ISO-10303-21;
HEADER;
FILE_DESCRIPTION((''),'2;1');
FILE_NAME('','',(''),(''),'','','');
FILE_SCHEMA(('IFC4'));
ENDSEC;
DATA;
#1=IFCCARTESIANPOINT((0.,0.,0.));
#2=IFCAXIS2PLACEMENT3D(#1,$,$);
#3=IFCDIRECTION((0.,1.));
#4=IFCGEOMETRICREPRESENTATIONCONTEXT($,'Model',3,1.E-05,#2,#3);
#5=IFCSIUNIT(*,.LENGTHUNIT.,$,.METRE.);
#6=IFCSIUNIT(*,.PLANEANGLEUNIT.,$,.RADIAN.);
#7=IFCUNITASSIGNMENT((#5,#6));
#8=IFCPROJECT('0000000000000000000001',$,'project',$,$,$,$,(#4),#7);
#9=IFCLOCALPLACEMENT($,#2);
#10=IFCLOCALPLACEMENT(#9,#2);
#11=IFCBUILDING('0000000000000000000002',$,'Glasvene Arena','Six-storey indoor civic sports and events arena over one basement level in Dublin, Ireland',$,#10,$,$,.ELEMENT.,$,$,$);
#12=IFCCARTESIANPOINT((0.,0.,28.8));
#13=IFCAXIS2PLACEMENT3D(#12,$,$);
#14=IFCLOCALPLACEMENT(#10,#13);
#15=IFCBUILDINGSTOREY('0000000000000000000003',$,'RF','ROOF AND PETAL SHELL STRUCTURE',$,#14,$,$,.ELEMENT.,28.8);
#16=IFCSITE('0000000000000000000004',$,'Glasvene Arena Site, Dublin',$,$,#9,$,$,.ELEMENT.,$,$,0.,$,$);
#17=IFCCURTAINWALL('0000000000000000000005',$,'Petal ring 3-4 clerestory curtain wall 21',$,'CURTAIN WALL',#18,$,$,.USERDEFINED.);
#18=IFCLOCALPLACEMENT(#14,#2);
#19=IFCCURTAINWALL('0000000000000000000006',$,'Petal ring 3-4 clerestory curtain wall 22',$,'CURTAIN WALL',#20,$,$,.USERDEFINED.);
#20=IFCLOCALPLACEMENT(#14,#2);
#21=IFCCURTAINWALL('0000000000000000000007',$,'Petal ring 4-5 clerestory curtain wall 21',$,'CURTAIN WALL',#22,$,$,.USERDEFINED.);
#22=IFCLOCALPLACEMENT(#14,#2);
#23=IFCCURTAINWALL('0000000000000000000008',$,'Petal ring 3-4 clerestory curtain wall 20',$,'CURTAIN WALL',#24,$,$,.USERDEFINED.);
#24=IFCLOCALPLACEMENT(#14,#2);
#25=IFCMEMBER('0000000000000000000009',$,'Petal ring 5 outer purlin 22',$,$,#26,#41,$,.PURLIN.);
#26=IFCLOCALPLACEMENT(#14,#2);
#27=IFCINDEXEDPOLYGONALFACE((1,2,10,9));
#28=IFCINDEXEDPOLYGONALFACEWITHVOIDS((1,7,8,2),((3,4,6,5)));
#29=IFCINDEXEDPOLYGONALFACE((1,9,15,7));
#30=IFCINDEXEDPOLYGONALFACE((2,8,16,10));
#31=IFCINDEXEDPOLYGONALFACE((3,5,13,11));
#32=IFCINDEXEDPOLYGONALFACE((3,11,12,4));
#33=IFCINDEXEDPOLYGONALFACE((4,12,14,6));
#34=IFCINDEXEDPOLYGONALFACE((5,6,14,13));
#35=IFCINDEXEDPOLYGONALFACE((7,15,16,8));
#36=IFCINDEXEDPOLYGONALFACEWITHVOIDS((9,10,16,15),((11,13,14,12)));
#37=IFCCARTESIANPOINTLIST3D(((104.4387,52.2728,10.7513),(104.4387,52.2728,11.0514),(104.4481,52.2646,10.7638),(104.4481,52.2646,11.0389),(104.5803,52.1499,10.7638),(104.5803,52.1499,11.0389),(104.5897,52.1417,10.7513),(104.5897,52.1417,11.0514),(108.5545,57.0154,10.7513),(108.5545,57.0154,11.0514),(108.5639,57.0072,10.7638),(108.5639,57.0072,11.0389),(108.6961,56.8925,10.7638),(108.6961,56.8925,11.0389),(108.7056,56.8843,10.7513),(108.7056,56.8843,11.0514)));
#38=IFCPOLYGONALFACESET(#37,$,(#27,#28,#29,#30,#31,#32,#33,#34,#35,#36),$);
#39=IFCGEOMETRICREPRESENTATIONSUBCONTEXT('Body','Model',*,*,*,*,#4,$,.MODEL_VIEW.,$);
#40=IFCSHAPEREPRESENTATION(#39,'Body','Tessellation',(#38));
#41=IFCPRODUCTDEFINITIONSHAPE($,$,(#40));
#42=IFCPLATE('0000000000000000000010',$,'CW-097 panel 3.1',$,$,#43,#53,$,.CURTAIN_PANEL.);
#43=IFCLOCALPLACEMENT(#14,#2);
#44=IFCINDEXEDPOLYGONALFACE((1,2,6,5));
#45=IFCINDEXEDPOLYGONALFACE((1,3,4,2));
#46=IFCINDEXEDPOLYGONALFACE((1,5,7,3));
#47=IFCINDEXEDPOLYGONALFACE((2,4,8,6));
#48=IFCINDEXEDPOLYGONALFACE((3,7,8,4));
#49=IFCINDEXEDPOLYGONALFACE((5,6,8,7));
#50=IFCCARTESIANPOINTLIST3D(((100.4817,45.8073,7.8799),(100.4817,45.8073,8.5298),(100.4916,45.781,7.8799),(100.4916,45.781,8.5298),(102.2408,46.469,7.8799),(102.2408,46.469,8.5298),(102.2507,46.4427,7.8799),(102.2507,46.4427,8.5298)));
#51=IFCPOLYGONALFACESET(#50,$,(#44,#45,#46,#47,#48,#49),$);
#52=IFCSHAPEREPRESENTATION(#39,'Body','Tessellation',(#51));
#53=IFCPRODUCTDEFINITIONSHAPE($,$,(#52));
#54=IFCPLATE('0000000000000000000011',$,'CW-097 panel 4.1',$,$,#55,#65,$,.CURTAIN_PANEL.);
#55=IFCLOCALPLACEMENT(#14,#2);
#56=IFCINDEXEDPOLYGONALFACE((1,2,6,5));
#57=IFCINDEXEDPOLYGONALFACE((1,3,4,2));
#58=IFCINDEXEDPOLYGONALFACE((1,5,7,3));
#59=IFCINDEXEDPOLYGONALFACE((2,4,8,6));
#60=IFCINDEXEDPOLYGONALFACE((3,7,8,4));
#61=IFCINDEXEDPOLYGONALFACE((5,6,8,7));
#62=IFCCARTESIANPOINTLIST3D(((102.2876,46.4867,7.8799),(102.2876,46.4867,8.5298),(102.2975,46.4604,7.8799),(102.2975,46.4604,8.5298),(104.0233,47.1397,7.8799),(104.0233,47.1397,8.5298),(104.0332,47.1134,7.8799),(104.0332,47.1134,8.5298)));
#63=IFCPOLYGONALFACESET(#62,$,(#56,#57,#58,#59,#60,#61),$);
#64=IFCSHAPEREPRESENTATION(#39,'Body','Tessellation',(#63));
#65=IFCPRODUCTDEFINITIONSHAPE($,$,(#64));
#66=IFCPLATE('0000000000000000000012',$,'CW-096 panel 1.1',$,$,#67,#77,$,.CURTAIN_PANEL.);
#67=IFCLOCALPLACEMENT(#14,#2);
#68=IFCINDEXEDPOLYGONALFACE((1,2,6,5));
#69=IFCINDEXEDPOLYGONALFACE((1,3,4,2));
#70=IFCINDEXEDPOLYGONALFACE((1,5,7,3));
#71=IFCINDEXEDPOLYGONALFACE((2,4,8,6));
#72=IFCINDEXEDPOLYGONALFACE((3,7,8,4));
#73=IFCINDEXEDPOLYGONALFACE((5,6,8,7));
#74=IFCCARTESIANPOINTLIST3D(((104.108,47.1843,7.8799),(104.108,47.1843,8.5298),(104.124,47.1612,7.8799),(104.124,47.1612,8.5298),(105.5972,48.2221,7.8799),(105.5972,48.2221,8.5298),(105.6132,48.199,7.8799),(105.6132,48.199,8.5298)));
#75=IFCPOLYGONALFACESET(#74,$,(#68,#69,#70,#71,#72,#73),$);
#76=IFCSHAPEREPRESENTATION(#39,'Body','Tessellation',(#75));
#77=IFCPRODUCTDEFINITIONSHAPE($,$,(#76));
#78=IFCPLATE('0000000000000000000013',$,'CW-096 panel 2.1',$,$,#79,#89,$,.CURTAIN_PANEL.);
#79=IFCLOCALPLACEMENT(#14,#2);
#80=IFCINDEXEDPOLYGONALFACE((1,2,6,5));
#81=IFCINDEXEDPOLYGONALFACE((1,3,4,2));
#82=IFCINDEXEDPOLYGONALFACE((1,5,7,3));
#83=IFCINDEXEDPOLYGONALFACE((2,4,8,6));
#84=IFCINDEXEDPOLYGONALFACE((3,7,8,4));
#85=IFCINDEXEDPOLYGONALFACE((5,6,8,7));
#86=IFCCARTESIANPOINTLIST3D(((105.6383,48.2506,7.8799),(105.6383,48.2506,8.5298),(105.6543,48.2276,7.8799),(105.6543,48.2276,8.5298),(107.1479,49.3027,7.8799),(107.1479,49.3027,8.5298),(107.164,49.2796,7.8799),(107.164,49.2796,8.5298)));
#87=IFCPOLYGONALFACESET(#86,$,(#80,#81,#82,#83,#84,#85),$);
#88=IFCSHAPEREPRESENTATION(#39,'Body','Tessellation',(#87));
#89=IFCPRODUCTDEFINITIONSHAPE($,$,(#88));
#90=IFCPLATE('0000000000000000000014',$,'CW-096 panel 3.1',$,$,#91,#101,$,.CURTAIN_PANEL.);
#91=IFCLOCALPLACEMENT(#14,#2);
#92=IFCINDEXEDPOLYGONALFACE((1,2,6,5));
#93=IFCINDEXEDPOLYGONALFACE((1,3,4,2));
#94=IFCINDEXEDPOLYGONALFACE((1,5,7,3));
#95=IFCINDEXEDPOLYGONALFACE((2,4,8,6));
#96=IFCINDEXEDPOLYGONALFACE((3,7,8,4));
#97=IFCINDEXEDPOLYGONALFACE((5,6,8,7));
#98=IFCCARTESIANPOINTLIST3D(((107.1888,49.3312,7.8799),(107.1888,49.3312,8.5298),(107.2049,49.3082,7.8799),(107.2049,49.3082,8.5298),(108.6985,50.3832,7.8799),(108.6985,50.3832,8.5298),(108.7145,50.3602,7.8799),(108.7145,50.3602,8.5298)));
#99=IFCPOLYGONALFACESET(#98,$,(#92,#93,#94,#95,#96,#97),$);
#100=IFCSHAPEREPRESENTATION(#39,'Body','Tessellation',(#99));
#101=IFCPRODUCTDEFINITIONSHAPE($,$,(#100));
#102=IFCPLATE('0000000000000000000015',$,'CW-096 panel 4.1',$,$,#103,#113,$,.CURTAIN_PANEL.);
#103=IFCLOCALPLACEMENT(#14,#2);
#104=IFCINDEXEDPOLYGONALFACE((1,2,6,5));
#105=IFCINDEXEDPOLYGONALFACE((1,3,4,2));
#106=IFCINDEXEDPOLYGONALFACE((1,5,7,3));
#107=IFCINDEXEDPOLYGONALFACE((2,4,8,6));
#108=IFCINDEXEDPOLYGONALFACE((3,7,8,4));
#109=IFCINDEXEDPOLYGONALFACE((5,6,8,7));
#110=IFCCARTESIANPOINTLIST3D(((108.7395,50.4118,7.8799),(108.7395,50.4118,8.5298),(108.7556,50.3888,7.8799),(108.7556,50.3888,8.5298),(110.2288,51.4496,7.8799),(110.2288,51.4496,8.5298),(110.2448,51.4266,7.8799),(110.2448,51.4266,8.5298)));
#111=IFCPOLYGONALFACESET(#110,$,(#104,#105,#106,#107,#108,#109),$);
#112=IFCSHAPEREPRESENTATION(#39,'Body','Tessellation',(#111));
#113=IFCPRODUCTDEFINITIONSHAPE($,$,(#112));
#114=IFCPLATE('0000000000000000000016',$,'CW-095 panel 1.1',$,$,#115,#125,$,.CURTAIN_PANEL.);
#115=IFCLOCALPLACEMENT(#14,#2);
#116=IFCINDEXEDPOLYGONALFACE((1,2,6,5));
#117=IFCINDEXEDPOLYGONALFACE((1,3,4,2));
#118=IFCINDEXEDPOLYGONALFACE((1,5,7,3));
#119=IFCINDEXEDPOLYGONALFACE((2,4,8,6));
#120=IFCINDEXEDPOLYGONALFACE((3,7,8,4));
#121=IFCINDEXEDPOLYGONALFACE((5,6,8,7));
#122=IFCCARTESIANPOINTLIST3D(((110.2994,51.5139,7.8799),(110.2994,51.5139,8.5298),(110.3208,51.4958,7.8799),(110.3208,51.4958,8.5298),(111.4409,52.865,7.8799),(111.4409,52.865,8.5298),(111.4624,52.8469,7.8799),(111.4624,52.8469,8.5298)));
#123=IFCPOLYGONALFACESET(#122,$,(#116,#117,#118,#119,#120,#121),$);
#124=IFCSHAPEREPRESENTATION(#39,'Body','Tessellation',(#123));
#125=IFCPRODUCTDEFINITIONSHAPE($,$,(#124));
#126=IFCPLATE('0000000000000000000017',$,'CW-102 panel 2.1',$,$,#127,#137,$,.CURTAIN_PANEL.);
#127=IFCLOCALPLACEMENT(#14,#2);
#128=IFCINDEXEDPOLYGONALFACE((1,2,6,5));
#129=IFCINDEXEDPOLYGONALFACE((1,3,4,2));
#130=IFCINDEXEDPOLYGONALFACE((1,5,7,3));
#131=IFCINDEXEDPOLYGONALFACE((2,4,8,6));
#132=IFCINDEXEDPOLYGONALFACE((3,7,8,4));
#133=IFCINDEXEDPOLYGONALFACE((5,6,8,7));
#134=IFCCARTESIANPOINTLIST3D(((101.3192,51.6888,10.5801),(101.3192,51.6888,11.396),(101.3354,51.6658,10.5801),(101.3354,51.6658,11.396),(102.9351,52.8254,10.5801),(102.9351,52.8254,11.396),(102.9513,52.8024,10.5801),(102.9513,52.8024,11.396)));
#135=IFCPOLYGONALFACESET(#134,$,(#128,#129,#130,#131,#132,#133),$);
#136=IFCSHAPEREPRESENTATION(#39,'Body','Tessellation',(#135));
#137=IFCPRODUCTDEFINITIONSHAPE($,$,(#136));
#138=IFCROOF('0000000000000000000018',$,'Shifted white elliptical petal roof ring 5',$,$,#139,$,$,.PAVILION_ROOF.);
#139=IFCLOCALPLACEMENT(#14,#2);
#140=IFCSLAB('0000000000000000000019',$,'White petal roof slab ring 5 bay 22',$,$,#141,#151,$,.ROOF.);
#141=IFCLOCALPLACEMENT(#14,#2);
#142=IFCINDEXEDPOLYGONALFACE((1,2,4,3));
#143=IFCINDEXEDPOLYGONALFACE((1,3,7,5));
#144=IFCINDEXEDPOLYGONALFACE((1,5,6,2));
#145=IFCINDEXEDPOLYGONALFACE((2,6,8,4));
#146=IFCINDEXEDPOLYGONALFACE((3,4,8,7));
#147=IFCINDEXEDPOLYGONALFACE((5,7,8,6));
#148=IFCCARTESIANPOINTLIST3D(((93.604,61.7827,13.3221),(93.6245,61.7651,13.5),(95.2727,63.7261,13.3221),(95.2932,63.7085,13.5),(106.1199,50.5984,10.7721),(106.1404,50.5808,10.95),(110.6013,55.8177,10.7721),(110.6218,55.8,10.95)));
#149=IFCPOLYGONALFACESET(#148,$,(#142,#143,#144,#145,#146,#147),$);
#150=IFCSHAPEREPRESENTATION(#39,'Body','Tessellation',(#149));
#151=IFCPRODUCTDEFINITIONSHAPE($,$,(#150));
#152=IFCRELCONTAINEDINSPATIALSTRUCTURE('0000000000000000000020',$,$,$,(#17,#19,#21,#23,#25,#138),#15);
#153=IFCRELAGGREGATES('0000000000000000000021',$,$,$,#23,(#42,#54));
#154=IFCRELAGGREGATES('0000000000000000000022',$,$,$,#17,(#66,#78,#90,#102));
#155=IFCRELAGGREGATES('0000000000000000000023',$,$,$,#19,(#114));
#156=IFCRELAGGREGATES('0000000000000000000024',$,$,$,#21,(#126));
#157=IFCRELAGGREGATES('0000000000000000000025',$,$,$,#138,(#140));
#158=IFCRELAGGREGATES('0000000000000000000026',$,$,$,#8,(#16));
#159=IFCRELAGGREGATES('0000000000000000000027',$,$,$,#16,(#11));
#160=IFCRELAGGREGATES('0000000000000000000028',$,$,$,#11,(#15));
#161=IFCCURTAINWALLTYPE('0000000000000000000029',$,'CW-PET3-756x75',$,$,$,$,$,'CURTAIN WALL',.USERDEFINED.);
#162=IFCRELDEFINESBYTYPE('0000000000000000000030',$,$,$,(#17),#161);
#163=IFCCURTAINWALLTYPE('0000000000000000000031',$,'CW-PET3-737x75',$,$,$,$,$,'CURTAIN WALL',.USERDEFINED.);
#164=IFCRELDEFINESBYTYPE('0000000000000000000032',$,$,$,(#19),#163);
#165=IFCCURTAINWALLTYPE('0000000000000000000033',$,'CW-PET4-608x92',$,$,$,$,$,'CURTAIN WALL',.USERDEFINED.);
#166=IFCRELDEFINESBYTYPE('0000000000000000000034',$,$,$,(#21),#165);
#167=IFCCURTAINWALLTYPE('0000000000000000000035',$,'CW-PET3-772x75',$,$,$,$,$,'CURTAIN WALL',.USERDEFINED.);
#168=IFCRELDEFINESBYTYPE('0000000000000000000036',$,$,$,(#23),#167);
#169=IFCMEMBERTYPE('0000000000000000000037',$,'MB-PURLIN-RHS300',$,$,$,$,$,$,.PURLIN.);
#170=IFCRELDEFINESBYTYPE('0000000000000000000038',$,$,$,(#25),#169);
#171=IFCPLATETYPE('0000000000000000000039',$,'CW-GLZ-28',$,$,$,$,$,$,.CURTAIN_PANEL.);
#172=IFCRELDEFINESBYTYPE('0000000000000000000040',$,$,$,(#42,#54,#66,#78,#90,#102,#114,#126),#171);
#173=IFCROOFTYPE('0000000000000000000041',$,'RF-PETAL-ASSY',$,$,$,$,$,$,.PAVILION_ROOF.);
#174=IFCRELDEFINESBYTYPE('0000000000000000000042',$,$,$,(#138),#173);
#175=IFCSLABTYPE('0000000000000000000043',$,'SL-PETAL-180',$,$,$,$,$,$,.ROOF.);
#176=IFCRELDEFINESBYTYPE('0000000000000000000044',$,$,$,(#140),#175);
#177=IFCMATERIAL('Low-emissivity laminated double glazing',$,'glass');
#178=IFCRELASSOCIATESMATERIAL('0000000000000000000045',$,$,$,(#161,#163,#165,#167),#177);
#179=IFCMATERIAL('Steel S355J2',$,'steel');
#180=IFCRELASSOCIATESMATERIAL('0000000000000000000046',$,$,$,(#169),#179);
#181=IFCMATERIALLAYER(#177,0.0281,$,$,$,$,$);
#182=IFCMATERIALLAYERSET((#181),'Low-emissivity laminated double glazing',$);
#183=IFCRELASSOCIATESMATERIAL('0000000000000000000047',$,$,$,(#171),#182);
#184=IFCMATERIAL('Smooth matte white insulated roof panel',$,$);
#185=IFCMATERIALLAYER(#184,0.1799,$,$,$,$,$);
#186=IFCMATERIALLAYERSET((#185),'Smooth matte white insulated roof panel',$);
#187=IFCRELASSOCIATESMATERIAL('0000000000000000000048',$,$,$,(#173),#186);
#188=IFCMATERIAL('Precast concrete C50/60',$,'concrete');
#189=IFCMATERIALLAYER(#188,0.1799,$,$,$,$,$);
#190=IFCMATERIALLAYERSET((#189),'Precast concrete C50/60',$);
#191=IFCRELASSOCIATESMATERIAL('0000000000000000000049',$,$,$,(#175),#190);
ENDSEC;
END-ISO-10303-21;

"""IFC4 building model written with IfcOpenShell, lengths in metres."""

from ifc_helpers import new_model, si_unit, direction, frame, origin, origin_2d, place, context, subcontext, project, spatial, polyline, rectangle, hollow_rectangle, outline, extrude, material, layer, layer_set, material_profile, profile_set, type_object, element, aggregate, save


model = new_model("IFC4")

# Units and contexts
model_context = context("Model", 3, precision=1e-05, world=origin(), true_north=direction((0.0, 1.0)))
body_context = subcontext(model_context, "Body", "Model", "MODEL_VIEW")
ifc_project = project(units=[si_unit("LENGTHUNIT", "METRE"), si_unit("PLANEANGLEUNIT", "RADIAN")], contexts=[model_context])

# Site, building, storey
site_placement = place(None, origin())
site = spatial("IfcSite", under=ifc_project, at=site_placement, Name="Glasvene Arena Site, Dublin", CompositionType="ELEMENT", RefElevation=0.0)
building_placement = place(site_placement, origin())
building = spatial("IfcBuilding", under=site, at=building_placement, Name="Glasvene Arena", Description="Six-storey indoor civic sports and events arena over one basement level in Dublin, Ireland", CompositionType="ELEMENT")
storey_placement = place(building_placement, frame((0.0, 0.0, 28.8)))
storey = spatial("IfcBuildingStorey", under=building, at=storey_placement, Name="RF", Description="ROOF AND PETAL SHELL STRUCTURE", CompositionType="ELEMENT", Elevation=28.8)

# Curtain wall
ifc_material_1 = material(Name="Low-emissivity laminated double glazing", Category="glass")
curtain_wall_type_1 = type_object("IfcCurtainWallType", Name="CW-PET3-756x75", ElementType="CURTAIN WALL", PredefinedType="USERDEFINED", material=ifc_material_1)
curtain_wall_1_placement = place(storey_placement, frame((104.075, 47.144, 0.0)))
curtain_wall_1 = element("IfcCurtainWall", 1, at=curtain_wall_1_placement, inside=storey, type_object=curtain_wall_type_1, Name="Petal ring 3-4 clerestory curtain wall 21", ObjectType="CURTAIN WALL", PredefinedType="USERDEFINED")

# Curtain walls
curtain_wall_type_2 = type_object("IfcCurtainWallType", Name="CW-PET3-737x75", ElementType="CURTAIN WALL", PredefinedType="USERDEFINED", material=ifc_material_1)
curtain_wall_2_placement = place(storey_placement, frame((110.2778, 51.4668, 0.0)))
curtain_wall_2 = element("IfcCurtainWall", 2, at=curtain_wall_2_placement, inside=storey, type_object=curtain_wall_type_2, Name="Petal ring 3-4 clerestory curtain wall 22", ObjectType="CURTAIN WALL", PredefinedType="USERDEFINED")
curtain_wall_type_3 = type_object("IfcCurtainWallType", Name="CW-PET4-608x92", ElementType="CURTAIN WALL", PredefinedType="USERDEFINED", material=ifc_material_1)
curtain_wall_3_placement = place(storey_placement, frame((99.6499, 50.4973, 0.0)))
curtain_wall_3 = element("IfcCurtainWall", 3, at=curtain_wall_3_placement, inside=storey, type_object=curtain_wall_type_3, Name="Petal ring 4-5 clerestory curtain wall 21", ObjectType="CURTAIN WALL", PredefinedType="USERDEFINED")

# Curtain wall
curtain_wall_type_4 = type_object("IfcCurtainWallType", Name="CW-PET3-772x75", ElementType="CURTAIN WALL", PredefinedType="USERDEFINED", material=ifc_material_1)
curtain_wall_4_placement = place(storey_placement, frame((96.8516, 44.4268, 0.0)))
curtain_wall_4 = element("IfcCurtainWall", 4, at=curtain_wall_4_placement, inside=storey, type_object=curtain_wall_type_4, Name="Petal ring 3-4 clerestory curtain wall 20", ObjectType="CURTAIN WALL", PredefinedType="USERDEFINED")

# Member
ifc_material_2 = material(Name="Steel S355J2", Category="steel")
ifc_material_profile_1 = material_profile(ifc_material_2, hollow_rectangle(XDim=0.2, YDim=0.3, WallThickness=0.0125, at=origin_2d()), Name="RHS 300x200x12.5")
ifc_profile_set_1 = profile_set([ifc_material_profile_1], Name="Steel S355J2")
member_type_1 = type_object("IfcMemberType", Name="MB-PURLIN-RHS300", PredefinedType="PURLIN", material=ifc_profile_set_1)
member_1_placement = place(storey_placement, frame((104.5142, 52.2073, 10.9014), z_axis=(0.655444, 0.755244, 0.0), x_axis=(-0.755244, 0.655444, 0.0)))
element("IfcMember", 5, at=member_1_placement, inside=storey, type_object=member_type_1, Name="Petal ring 5 outer purlin 22", PredefinedType="PURLIN", context=body_context, shape_type="SweptSolid", body=[
    extrude(hollow_rectangle(XDim=0.2, YDim=0.3, WallThickness=0.0125, at=origin_2d()), origin(), (0.0, 0.0, 1.0), 6.2795),
])

# Plates
ifc_layer_1 = layer(ifc_material_1, 0.0281)
ifc_layer_set_1 = layer_set([ifc_layer_1], Name="Low-emissivity laminated double glazing")
plate_type = type_object("IfcPlateType", Name="CW-GLZ-28", PredefinedType="CURTAIN_PANEL", material=ifc_layer_set_1)
plate_1_placement = place(storey_placement, frame((101.3662, 46.125, 7.8799), z_axis=(0.0, 0.0, 1.0), x_axis=(0.935966, 0.352092, 0.0)))
plate_1 = element("IfcPlate", 6, at=plate_1_placement, type_object=plate_type, Name="CW-097 panel 3.1", PredefinedType="CURTAIN_PANEL", context=body_context, shape_type="SweptSolid", body=[
    extrude(rectangle(XDim=1.8794, YDim=0.0281, at=origin_2d()), origin(), (0.0, 0.0, 1.0), 0.6499),
])
plate_2_placement = place(storey_placement, frame((103.1604, 46.8, 7.8799), z_axis=(0.0, 0.0, 1.0), x_axis=(0.935966, 0.352092, 0.0)))
plate_2 = element("IfcPlate", 7, at=plate_2_placement, type_object=plate_type, Name="CW-097 panel 4.1", PredefinedType="CURTAIN_PANEL", context=body_context, shape_type="SweptSolid", body=[
    extrude(rectangle(XDim=1.8545, YDim=0.0281, at=origin_2d()), origin(), (0.0, 0.0, 1.0), 0.6499),
])
aggregate(curtain_wall_4, [plate_1, plate_2])
plate_3_placement = place(storey_placement, frame((104.8606, 47.6917, 7.8799), z_axis=(0.0, 0.0, 1.0), x_axis=(0.820433, 0.571742, 0.0)))
plate_3 = element("IfcPlate", 8, at=plate_3_placement, type_object=plate_type, Name="CW-096 panel 1.1", PredefinedType="CURTAIN_PANEL", context=body_context, shape_type="SweptSolid", body=[
    extrude(rectangle(XDim=1.8152, YDim=0.0281, at=origin_2d()), origin(), (0.0, 0.0, 1.0), 0.6499),
])
plate_4_placement = place(storey_placement, frame((106.4011, 48.7651, 7.8799), z_axis=(0.0, 0.0, 1.0), x_axis=(0.820433, 0.571742, 0.0)))
plate_4 = element("IfcPlate", 9, at=plate_4_placement, type_object=plate_type, Name="CW-096 panel 2.1", PredefinedType="CURTAIN_PANEL", context=body_context, shape_type="SweptSolid", body=[
    extrude(rectangle(XDim=1.8401, YDim=0.0281, at=origin_2d()), origin(), (0.0, 0.0, 1.0), 0.6499),
])
plate_5_placement = place(storey_placement, frame((107.9517, 49.8457, 7.8799), z_axis=(0.0, 0.0, 1.0), x_axis=(0.820433, 0.571742, 0.0)))
plate_5 = element("IfcPlate", 10, at=plate_5_placement, type_object=plate_type, Name="CW-096 panel 3.1", PredefinedType="CURTAIN_PANEL", context=body_context, shape_type="SweptSolid", body=[
    extrude(rectangle(XDim=1.8401, YDim=0.0281, at=origin_2d()), origin(), (0.0, 0.0, 1.0), 0.6499),
])
plate_6_placement = place(storey_placement, frame((109.4922, 50.9192, 7.8799), z_axis=(0.0, 0.0, 1.0), x_axis=(0.820433, 0.571742, 0.0)))
plate_6 = element("IfcPlate", 11, at=plate_6_placement, type_object=plate_type, Name="CW-096 panel 4.1", PredefinedType="CURTAIN_PANEL", context=body_context, shape_type="SweptSolid", body=[
    extrude(rectangle(XDim=1.8152, YDim=0.0281, at=origin_2d()), origin(), (0.0, 0.0, 1.0), 0.6499),
])
aggregate(curtain_wall_1, [plate_3, plate_4, plate_5, plate_6])
plate_7_placement = place(storey_placement, frame((110.8809, 52.1804, 7.8799), z_axis=(0.0, 0.0, 1.0), x_axis=(0.645394, 0.76385, 0.0)))
plate_7 = element("IfcPlate", 12, at=plate_7_placement, type_object=plate_type, Name="CW-095 panel 1.1", PredefinedType="CURTAIN_PANEL", context=body_context, shape_type="SweptSolid", body=[
    extrude(rectangle(XDim=1.7688, YDim=0.0281, at=origin_2d()), origin(), (0.0, 0.0, 1.0), 0.6499),
])
aggregate(curtain_wall_2, [plate_7])
plate_8_placement = place(storey_placement, frame((102.1353, 52.2456, 10.5801), z_axis=(0.0, 0.0, 1.0), x_axis=(0.817925, 0.575325, 0.0)))
plate_8 = element("IfcPlate", 13, at=plate_8_placement, type_object=plate_type, Name="CW-102 panel 2.1", PredefinedType="CURTAIN_PANEL", context=body_context, shape_type="SweptSolid", body=[
    extrude(rectangle(XDim=1.9756, YDim=0.0281, at=origin_2d()), origin(), (0.0, 0.0, 1.0), 0.8159),
])
aggregate(curtain_wall_3, [plate_8])

# Roof, slab
ifc_material_3 = material(Name="Smooth matte white insulated roof panel")
ifc_layer_2 = layer(ifc_material_3, 0.1799)
ifc_layer_set_2 = layer_set([ifc_layer_2], Name="Smooth matte white insulated roof panel")
roof_type = type_object("IfcRoofType", Name="RF-PETAL-ASSY", PredefinedType="PAVILION_ROOF", material=ifc_layer_set_2)
roof_placement = place(storey_placement, frame((86.2, 68.3999, 10.95)))
roof = element("IfcRoof", 14, at=roof_placement, inside=storey, type_object=roof_type, Name="Shifted white elliptical petal roof ring 5", PredefinedType="PAVILION_ROOF")
ifc_material_4 = material(Name="Precast concrete C50/60", Category="concrete")
ifc_layer_3 = layer(ifc_material_4, 0.1799)
ifc_layer_set_3 = layer_set([ifc_layer_3], Name="Precast concrete C50/60")
slab_type = type_object("IfcSlabType", Name="SL-PETAL-180", PredefinedType="ROOF", material=ifc_layer_set_3)
slab_placement = place(storey_placement, frame((106.1404, 50.5808, 10.95), z_axis=(0.113978, -0.097867, 0.988651), x_axis=(0.651446, 0.758695, 0.000001)))
slab = element("IfcSlab", 15, at=slab_placement, type_object=slab_type, Name="White petal roof slab ring 5 bay 22", PredefinedType="ROOF", context=body_context, shape_type="SweptSolid", body=[
    extrude(outline(polyline([(0.0, 0.0), (6.8792, 0.0), (2.8936, 16.9743), (0.3321, 16.9744), (0.0, 0.0)])), origin(), (0.0, 0.0, -1.0), 0.1799),
])
aggregate(roof, [slab])

save(model, "model.ifc")
